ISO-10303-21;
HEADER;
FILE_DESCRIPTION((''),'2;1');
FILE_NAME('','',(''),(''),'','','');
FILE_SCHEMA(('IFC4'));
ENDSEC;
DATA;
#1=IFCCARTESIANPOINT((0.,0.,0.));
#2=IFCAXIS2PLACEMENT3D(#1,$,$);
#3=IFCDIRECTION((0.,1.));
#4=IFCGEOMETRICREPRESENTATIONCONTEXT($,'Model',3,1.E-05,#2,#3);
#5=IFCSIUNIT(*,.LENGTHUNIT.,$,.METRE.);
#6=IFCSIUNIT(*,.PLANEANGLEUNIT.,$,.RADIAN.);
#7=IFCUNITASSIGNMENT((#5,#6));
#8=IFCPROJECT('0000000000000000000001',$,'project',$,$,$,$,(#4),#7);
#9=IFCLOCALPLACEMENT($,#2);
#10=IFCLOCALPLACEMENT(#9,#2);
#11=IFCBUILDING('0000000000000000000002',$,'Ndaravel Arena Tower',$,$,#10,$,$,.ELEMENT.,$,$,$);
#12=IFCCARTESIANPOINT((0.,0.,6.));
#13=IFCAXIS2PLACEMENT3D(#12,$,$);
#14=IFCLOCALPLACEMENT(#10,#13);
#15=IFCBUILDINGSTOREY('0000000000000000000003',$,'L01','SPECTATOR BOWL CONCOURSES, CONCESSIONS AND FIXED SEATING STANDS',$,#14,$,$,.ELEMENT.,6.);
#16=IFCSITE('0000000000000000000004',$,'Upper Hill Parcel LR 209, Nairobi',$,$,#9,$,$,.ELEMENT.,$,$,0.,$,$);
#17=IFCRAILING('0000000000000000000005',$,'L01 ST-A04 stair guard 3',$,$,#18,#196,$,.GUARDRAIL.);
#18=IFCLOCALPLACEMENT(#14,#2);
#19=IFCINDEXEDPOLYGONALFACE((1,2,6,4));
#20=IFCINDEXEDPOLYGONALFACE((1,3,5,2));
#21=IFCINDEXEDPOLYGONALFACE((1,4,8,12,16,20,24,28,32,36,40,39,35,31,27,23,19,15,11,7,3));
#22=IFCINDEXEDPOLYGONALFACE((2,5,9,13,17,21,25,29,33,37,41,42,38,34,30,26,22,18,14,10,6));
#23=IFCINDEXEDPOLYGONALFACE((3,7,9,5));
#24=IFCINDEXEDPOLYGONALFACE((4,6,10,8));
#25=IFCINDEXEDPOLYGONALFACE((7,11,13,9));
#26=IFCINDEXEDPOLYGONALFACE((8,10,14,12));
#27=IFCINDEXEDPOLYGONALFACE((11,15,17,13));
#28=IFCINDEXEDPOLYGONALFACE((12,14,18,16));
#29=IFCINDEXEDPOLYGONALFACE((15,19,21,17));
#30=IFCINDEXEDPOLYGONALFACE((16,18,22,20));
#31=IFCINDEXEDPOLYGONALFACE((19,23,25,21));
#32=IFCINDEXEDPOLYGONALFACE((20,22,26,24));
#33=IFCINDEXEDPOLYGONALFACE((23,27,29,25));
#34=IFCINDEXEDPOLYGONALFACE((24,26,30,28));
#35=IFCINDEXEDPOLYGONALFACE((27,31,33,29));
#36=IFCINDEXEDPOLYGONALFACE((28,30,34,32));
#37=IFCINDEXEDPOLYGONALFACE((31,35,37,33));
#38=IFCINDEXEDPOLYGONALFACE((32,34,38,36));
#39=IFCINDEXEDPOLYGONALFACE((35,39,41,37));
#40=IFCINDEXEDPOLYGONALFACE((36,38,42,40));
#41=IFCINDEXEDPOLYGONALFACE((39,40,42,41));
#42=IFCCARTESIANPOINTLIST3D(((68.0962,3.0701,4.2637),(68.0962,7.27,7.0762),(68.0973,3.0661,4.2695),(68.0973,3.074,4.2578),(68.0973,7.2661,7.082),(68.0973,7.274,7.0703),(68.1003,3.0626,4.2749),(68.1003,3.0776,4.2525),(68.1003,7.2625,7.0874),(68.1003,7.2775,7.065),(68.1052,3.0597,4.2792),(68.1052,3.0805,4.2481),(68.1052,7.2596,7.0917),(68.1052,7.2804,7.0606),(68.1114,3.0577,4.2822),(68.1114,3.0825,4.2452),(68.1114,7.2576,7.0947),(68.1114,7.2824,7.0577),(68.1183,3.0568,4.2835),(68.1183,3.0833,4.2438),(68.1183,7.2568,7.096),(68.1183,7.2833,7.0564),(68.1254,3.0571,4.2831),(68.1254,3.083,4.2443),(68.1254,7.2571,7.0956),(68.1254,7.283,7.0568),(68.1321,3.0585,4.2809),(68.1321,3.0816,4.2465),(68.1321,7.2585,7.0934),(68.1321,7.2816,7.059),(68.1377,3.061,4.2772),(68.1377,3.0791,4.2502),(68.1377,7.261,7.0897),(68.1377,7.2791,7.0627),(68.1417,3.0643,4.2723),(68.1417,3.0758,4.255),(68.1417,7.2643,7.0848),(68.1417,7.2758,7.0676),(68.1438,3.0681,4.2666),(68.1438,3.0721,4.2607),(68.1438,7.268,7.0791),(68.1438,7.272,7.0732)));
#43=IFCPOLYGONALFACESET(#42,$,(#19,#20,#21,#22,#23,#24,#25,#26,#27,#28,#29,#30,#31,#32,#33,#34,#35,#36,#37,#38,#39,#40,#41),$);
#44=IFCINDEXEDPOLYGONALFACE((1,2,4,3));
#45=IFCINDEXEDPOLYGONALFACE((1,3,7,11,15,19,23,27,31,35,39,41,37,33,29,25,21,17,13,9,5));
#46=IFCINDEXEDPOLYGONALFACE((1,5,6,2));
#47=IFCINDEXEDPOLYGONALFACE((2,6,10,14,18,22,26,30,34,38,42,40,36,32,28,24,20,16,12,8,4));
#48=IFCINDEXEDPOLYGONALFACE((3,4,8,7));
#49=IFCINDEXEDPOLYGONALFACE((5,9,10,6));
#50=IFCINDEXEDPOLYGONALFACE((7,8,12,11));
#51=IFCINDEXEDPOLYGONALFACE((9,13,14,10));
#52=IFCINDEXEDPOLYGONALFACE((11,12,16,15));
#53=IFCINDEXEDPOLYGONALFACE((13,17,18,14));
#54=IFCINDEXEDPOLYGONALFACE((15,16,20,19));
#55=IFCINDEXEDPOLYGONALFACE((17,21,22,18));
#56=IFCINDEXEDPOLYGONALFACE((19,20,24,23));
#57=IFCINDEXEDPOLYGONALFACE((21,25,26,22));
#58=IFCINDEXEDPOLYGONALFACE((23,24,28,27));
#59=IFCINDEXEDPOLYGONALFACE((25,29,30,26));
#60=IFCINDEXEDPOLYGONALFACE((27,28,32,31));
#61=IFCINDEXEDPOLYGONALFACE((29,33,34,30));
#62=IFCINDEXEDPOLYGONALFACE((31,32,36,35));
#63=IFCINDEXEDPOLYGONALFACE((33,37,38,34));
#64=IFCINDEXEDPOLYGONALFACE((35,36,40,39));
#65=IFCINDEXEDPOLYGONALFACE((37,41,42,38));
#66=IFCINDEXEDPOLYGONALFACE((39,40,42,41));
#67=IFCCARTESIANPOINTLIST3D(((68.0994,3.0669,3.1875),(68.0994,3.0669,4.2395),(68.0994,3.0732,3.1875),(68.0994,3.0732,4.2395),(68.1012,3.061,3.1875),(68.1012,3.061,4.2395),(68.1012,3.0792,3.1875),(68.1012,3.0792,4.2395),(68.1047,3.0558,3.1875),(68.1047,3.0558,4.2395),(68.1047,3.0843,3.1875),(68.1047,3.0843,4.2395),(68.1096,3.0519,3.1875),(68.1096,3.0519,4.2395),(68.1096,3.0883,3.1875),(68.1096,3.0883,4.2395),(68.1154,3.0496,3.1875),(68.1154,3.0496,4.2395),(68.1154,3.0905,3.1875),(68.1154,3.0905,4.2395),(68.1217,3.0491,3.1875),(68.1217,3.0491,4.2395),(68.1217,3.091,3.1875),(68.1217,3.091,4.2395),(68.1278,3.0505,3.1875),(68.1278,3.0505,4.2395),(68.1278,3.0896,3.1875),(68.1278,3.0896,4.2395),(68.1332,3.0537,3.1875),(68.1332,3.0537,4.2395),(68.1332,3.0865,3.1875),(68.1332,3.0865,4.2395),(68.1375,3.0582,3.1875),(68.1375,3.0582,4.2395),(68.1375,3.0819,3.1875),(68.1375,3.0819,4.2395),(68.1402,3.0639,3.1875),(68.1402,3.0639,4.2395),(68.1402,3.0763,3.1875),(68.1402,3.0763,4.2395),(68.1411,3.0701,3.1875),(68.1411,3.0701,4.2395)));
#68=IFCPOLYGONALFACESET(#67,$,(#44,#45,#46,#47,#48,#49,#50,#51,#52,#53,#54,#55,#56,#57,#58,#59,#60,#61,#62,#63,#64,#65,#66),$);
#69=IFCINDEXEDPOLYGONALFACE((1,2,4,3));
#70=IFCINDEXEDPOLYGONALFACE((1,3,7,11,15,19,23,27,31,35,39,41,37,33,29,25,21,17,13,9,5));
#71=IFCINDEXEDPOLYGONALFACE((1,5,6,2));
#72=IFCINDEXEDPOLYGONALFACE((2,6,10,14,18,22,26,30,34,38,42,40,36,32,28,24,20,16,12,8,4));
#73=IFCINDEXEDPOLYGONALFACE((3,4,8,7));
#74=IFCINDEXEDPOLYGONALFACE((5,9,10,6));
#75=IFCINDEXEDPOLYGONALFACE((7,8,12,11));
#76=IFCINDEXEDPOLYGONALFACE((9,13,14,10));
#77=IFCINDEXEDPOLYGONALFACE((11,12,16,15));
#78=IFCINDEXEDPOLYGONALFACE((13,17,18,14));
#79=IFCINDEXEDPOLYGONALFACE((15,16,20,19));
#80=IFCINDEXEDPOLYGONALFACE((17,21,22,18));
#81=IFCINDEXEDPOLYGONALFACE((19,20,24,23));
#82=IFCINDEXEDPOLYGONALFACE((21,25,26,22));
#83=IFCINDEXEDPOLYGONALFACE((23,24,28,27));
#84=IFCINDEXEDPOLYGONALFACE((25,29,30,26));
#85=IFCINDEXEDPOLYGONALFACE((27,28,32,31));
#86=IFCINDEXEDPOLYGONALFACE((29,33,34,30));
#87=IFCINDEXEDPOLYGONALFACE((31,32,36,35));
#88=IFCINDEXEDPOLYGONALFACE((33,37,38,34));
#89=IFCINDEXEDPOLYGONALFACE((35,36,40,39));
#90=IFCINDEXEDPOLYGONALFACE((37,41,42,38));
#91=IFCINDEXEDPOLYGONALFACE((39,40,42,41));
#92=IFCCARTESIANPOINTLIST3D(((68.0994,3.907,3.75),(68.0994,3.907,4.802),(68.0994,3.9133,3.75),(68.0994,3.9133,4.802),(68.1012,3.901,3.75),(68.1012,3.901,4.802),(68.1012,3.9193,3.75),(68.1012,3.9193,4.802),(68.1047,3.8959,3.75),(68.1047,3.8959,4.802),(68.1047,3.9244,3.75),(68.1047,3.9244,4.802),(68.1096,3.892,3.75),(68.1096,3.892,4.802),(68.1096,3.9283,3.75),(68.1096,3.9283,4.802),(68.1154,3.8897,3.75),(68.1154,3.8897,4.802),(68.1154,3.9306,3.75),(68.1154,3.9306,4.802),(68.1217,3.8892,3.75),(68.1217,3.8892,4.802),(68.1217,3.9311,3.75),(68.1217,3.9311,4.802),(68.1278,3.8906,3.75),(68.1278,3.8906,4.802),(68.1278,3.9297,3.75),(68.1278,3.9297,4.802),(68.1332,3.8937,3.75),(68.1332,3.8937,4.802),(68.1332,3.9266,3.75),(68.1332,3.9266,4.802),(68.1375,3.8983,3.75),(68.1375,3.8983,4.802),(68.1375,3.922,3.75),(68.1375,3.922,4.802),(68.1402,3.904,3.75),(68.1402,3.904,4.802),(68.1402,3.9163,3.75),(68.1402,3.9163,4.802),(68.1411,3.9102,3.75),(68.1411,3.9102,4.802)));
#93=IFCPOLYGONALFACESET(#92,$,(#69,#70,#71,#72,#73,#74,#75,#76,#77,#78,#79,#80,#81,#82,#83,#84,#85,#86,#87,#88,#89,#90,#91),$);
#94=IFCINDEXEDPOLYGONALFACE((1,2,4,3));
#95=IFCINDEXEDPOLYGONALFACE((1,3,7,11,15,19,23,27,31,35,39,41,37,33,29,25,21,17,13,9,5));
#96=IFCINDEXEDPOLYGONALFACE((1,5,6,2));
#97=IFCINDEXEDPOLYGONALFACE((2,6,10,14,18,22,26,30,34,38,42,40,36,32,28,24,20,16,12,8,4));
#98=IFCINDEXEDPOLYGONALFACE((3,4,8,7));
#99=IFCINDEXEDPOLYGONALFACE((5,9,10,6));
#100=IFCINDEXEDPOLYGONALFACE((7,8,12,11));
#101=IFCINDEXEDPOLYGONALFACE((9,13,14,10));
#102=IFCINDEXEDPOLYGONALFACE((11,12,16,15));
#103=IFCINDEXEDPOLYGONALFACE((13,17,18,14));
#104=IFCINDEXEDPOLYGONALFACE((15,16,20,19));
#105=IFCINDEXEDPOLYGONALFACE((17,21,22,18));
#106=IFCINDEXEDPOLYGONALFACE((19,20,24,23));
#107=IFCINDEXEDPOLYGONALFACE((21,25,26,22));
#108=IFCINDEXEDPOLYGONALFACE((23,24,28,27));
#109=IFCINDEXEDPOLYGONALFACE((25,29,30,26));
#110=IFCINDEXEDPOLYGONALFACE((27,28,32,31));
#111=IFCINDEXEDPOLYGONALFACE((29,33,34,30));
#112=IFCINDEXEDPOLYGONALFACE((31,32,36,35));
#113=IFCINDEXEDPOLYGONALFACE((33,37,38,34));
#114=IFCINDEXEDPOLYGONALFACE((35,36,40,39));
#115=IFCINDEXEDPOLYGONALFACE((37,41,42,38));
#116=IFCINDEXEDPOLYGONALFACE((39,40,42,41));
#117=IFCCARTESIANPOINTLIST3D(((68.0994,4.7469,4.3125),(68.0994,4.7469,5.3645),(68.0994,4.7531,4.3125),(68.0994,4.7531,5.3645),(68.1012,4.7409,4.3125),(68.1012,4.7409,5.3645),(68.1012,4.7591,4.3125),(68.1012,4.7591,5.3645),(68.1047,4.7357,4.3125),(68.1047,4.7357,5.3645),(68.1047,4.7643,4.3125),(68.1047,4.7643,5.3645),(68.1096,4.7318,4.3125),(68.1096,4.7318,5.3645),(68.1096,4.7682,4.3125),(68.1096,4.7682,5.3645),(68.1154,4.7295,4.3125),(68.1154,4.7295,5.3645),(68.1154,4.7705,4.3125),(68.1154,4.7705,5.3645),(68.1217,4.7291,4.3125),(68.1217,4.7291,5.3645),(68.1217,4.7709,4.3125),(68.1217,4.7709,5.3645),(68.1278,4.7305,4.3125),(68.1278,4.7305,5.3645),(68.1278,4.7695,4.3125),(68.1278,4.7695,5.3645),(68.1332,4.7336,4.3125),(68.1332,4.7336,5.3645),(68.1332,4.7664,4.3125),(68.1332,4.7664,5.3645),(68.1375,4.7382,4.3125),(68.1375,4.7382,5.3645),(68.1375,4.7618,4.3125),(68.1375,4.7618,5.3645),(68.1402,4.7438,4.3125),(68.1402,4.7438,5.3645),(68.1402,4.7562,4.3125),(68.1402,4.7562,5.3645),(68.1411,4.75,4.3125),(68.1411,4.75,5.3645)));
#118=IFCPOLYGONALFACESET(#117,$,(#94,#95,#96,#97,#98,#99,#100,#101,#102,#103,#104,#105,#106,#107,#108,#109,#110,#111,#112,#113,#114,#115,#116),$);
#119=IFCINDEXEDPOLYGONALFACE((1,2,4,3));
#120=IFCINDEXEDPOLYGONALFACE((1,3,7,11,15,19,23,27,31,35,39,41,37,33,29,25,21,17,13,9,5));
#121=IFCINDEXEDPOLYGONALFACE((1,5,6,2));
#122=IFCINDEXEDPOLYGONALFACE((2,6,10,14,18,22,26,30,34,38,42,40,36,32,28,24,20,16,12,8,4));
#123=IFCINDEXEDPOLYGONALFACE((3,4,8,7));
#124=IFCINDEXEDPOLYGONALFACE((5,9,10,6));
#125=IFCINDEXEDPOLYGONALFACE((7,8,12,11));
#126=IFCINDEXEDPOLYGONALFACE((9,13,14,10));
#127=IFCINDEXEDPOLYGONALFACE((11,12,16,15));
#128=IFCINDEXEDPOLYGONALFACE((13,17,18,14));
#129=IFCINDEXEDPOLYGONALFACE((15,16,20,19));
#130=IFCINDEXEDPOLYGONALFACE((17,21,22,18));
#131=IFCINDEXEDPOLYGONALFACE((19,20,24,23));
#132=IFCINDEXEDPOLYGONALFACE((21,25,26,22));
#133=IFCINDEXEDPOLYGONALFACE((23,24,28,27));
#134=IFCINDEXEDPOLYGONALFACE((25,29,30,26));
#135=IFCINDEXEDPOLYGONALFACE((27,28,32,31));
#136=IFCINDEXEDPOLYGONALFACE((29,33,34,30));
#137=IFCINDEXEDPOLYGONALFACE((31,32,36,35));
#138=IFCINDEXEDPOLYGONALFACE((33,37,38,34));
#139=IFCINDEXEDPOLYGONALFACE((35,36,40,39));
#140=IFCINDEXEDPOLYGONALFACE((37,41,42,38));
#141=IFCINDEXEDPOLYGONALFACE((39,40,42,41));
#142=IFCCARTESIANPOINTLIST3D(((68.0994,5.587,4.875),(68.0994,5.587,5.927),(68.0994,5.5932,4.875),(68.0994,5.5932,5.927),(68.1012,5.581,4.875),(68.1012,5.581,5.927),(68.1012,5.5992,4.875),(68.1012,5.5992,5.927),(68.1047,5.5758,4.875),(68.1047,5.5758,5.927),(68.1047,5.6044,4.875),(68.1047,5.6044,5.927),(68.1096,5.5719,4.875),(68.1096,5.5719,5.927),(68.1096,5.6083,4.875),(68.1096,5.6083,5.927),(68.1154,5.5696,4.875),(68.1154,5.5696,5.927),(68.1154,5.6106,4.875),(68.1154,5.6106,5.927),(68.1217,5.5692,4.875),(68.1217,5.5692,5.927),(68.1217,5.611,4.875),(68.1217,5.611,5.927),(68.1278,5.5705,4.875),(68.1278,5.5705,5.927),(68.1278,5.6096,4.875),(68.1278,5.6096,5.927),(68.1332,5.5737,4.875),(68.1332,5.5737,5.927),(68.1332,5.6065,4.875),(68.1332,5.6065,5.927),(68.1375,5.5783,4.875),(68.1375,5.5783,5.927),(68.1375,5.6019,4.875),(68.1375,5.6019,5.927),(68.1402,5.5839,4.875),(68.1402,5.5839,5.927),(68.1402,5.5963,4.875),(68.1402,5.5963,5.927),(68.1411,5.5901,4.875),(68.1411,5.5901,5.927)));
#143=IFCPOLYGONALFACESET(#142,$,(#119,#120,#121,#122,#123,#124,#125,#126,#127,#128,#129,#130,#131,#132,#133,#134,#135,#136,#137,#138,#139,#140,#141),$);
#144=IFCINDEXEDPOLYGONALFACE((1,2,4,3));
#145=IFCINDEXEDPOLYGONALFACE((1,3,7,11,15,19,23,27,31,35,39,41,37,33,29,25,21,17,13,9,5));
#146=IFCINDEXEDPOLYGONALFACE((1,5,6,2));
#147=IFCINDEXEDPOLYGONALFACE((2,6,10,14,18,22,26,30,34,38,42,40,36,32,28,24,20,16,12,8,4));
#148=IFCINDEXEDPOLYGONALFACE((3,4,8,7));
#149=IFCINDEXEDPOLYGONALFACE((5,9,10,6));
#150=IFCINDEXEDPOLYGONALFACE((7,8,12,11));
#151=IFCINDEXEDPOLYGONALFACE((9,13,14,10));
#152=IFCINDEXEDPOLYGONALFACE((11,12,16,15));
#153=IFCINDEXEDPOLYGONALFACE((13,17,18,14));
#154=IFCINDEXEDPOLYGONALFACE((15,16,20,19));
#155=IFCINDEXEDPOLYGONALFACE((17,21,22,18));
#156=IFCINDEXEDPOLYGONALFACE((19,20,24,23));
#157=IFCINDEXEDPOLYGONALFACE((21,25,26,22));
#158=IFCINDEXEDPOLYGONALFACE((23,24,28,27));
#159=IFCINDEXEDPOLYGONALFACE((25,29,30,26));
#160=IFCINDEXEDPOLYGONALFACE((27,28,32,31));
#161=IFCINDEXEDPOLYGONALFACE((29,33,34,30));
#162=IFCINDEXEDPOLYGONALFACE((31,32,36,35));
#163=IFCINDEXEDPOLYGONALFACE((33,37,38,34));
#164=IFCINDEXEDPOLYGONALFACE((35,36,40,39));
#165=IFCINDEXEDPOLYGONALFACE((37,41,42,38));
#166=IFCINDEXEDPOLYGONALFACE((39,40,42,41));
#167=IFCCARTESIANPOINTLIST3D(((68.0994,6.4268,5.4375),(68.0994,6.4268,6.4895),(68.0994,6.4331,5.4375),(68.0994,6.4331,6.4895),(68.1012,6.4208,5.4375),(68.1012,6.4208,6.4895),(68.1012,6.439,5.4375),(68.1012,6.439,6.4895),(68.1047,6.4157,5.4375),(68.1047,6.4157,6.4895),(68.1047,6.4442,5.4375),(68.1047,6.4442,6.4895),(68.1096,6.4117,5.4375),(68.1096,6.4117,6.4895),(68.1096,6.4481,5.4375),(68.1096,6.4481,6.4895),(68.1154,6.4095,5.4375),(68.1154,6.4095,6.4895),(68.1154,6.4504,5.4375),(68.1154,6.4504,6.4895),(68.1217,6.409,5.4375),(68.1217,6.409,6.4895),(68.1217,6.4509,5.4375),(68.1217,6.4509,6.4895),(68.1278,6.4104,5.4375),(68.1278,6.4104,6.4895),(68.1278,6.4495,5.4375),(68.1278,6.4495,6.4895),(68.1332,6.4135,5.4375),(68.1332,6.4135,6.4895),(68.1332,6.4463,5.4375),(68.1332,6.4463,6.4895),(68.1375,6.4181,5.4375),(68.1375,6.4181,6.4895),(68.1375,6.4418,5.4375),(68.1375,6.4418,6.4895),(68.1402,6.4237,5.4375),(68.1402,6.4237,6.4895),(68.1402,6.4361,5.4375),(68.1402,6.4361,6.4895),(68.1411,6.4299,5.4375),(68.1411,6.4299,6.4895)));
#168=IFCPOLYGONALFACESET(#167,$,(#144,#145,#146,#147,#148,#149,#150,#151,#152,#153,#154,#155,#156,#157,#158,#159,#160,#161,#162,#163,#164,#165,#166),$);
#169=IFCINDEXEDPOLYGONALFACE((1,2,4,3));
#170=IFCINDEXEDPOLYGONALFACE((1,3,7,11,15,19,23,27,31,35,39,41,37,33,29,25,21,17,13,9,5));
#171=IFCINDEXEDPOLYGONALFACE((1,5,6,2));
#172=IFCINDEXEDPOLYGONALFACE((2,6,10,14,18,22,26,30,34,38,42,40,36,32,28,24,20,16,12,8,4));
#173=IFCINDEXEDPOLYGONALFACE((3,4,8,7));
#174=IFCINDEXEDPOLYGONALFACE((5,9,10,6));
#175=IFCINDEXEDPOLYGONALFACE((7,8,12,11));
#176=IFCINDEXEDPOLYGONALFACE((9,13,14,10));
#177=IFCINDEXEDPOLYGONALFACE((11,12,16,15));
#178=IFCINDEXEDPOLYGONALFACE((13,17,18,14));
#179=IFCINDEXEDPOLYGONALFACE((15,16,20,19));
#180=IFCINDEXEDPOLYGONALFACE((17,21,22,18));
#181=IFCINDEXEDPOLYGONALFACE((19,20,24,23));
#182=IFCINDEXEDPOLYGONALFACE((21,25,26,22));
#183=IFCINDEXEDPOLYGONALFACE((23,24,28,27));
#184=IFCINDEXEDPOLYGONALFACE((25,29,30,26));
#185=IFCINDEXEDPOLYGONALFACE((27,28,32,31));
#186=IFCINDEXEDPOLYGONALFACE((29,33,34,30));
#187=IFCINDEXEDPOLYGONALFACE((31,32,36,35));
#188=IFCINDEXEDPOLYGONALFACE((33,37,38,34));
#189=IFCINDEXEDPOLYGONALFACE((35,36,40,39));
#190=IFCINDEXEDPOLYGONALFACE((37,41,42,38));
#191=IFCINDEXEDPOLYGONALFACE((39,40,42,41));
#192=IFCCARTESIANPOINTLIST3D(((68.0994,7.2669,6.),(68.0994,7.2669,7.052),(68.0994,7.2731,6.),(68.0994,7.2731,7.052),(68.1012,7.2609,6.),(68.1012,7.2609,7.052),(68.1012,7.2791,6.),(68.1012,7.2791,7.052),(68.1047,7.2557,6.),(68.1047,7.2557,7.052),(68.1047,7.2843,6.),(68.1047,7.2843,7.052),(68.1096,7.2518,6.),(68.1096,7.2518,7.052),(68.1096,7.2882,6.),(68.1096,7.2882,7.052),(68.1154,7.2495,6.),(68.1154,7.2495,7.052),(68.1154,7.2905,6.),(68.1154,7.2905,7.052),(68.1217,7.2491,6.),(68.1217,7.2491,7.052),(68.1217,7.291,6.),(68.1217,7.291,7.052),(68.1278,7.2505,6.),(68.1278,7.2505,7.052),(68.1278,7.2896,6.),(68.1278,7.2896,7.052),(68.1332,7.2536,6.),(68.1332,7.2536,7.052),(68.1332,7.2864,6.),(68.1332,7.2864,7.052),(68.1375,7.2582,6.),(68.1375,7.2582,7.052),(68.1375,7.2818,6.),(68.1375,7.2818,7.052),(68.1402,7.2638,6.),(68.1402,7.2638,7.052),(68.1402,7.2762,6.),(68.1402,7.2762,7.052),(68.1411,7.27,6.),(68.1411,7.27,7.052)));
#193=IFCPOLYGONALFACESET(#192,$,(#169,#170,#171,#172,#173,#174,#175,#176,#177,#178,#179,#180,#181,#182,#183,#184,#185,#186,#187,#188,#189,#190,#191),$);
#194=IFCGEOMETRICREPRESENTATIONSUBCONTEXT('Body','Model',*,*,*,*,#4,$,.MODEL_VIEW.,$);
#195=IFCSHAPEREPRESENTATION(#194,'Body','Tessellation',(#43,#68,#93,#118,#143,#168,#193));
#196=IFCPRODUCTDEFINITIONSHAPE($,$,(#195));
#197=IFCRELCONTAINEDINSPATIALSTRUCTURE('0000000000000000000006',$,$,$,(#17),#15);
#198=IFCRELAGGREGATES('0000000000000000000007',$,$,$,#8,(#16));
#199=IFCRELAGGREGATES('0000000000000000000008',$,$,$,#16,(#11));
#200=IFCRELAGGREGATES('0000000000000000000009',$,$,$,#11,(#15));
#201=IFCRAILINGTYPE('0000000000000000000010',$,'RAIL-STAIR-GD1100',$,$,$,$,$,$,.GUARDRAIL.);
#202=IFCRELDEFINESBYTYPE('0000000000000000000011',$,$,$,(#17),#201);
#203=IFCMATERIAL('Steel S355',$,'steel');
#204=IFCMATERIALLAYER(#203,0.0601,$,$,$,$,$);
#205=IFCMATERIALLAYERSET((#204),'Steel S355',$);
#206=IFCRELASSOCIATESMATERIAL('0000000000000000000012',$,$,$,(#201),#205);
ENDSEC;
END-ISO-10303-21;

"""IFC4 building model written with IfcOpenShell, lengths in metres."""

from ifc_helpers import new_model, si_unit, direction, frame, origin, origin_2d, place, context, subcontext, project, spatial, circle, extrude, material, layer, layer_set, type_object, element, save


model = new_model("IFC4")

# Units and contexts
model_context = context("Model", 3, precision=1e-05, world=origin(), true_north=direction((0.0, 1.0)))
body_context = subcontext(model_context, "Body", "Model", "MODEL_VIEW")
ifc_project = project(units=[si_unit("LENGTHUNIT", "METRE"), si_unit("PLANEANGLEUNIT", "RADIAN")], contexts=[model_context])

# Site, building, storey
site_placement = place(None, origin())
site = spatial("IfcSite", under=ifc_project, at=site_placement, Name="Upper Hill Parcel LR 209, Nairobi", CompositionType="ELEMENT", RefElevation=0.0)
building_placement = place(site_placement, origin())
building = spatial("IfcBuilding", under=site, at=building_placement, Name="Ndaravel Arena Tower", CompositionType="ELEMENT")
storey_placement = place(building_placement, frame((0.0, 0.0, 6.0)))
storey = spatial("IfcBuildingStorey", under=building, at=storey_placement, Name="L01", Description="SPECTATOR BOWL CONCOURSES, CONCESSIONS AND FIXED SEATING STANDS", CompositionType="ELEMENT", Elevation=6.0)

# Railing
ifc_material_1 = material(Name="Steel S355", Category="steel")
ifc_layer_1 = layer(ifc_material_1, 0.0601)
ifc_layer_set_1 = layer_set([ifc_layer_1], Name="Steel S355")
railing_type_1 = type_object("IfcRailingType", Name="RAIL-STAIR-GD1100", PredefinedType="GUARDRAIL", material=ifc_layer_set_1)
railing_1_placement = place(storey_placement, frame((68.1201, 3.0701, 3.1875)))
element("IfcRailing", 1, at=railing_1_placement, inside=storey, type_object=railing_type_1, Name="L01 ST-A04 stair guard 3", PredefinedType="GUARDRAIL", context=body_context, shape_type="SweptSolid", body=[
    extrude(circle(Radius=0.0239, at=origin_2d()), frame((0.0, 0.0, 1.0762), z_axis=(0.0, 0.830904, 0.556416), x_axis=(-1.0, 0.0, 0.0)), (0.0, 0.0, 1.0), 5.0547),
    extrude(circle(Radius=0.021, at=origin_2d()), origin(), (0.0, 0.0, 1.0), 1.052),
    extrude(circle(Radius=0.021, at=origin_2d()), frame((0.0, 0.8401, 0.5625)), (0.0, 0.0, 1.0), 1.052),
    extrude(circle(Radius=0.021, at=origin_2d()), frame((0.0, 1.6799, 1.125)), (0.0, 0.0, 1.0), 1.052),
    extrude(circle(Radius=0.021, at=origin_2d()), frame((0.0, 2.52, 1.6875)), (0.0, 0.0, 1.0), 1.052),
    extrude(circle(Radius=0.021, at=origin_2d()), frame((0.0, 3.3599, 2.25)), (0.0, 0.0, 1.0), 1.052),
    extrude(circle(Radius=0.021, at=origin_2d()), frame((0.0, 4.2, 2.8125)), (0.0, 0.0, 1.0), 1.052),
])

save(model, "model.ifc")
